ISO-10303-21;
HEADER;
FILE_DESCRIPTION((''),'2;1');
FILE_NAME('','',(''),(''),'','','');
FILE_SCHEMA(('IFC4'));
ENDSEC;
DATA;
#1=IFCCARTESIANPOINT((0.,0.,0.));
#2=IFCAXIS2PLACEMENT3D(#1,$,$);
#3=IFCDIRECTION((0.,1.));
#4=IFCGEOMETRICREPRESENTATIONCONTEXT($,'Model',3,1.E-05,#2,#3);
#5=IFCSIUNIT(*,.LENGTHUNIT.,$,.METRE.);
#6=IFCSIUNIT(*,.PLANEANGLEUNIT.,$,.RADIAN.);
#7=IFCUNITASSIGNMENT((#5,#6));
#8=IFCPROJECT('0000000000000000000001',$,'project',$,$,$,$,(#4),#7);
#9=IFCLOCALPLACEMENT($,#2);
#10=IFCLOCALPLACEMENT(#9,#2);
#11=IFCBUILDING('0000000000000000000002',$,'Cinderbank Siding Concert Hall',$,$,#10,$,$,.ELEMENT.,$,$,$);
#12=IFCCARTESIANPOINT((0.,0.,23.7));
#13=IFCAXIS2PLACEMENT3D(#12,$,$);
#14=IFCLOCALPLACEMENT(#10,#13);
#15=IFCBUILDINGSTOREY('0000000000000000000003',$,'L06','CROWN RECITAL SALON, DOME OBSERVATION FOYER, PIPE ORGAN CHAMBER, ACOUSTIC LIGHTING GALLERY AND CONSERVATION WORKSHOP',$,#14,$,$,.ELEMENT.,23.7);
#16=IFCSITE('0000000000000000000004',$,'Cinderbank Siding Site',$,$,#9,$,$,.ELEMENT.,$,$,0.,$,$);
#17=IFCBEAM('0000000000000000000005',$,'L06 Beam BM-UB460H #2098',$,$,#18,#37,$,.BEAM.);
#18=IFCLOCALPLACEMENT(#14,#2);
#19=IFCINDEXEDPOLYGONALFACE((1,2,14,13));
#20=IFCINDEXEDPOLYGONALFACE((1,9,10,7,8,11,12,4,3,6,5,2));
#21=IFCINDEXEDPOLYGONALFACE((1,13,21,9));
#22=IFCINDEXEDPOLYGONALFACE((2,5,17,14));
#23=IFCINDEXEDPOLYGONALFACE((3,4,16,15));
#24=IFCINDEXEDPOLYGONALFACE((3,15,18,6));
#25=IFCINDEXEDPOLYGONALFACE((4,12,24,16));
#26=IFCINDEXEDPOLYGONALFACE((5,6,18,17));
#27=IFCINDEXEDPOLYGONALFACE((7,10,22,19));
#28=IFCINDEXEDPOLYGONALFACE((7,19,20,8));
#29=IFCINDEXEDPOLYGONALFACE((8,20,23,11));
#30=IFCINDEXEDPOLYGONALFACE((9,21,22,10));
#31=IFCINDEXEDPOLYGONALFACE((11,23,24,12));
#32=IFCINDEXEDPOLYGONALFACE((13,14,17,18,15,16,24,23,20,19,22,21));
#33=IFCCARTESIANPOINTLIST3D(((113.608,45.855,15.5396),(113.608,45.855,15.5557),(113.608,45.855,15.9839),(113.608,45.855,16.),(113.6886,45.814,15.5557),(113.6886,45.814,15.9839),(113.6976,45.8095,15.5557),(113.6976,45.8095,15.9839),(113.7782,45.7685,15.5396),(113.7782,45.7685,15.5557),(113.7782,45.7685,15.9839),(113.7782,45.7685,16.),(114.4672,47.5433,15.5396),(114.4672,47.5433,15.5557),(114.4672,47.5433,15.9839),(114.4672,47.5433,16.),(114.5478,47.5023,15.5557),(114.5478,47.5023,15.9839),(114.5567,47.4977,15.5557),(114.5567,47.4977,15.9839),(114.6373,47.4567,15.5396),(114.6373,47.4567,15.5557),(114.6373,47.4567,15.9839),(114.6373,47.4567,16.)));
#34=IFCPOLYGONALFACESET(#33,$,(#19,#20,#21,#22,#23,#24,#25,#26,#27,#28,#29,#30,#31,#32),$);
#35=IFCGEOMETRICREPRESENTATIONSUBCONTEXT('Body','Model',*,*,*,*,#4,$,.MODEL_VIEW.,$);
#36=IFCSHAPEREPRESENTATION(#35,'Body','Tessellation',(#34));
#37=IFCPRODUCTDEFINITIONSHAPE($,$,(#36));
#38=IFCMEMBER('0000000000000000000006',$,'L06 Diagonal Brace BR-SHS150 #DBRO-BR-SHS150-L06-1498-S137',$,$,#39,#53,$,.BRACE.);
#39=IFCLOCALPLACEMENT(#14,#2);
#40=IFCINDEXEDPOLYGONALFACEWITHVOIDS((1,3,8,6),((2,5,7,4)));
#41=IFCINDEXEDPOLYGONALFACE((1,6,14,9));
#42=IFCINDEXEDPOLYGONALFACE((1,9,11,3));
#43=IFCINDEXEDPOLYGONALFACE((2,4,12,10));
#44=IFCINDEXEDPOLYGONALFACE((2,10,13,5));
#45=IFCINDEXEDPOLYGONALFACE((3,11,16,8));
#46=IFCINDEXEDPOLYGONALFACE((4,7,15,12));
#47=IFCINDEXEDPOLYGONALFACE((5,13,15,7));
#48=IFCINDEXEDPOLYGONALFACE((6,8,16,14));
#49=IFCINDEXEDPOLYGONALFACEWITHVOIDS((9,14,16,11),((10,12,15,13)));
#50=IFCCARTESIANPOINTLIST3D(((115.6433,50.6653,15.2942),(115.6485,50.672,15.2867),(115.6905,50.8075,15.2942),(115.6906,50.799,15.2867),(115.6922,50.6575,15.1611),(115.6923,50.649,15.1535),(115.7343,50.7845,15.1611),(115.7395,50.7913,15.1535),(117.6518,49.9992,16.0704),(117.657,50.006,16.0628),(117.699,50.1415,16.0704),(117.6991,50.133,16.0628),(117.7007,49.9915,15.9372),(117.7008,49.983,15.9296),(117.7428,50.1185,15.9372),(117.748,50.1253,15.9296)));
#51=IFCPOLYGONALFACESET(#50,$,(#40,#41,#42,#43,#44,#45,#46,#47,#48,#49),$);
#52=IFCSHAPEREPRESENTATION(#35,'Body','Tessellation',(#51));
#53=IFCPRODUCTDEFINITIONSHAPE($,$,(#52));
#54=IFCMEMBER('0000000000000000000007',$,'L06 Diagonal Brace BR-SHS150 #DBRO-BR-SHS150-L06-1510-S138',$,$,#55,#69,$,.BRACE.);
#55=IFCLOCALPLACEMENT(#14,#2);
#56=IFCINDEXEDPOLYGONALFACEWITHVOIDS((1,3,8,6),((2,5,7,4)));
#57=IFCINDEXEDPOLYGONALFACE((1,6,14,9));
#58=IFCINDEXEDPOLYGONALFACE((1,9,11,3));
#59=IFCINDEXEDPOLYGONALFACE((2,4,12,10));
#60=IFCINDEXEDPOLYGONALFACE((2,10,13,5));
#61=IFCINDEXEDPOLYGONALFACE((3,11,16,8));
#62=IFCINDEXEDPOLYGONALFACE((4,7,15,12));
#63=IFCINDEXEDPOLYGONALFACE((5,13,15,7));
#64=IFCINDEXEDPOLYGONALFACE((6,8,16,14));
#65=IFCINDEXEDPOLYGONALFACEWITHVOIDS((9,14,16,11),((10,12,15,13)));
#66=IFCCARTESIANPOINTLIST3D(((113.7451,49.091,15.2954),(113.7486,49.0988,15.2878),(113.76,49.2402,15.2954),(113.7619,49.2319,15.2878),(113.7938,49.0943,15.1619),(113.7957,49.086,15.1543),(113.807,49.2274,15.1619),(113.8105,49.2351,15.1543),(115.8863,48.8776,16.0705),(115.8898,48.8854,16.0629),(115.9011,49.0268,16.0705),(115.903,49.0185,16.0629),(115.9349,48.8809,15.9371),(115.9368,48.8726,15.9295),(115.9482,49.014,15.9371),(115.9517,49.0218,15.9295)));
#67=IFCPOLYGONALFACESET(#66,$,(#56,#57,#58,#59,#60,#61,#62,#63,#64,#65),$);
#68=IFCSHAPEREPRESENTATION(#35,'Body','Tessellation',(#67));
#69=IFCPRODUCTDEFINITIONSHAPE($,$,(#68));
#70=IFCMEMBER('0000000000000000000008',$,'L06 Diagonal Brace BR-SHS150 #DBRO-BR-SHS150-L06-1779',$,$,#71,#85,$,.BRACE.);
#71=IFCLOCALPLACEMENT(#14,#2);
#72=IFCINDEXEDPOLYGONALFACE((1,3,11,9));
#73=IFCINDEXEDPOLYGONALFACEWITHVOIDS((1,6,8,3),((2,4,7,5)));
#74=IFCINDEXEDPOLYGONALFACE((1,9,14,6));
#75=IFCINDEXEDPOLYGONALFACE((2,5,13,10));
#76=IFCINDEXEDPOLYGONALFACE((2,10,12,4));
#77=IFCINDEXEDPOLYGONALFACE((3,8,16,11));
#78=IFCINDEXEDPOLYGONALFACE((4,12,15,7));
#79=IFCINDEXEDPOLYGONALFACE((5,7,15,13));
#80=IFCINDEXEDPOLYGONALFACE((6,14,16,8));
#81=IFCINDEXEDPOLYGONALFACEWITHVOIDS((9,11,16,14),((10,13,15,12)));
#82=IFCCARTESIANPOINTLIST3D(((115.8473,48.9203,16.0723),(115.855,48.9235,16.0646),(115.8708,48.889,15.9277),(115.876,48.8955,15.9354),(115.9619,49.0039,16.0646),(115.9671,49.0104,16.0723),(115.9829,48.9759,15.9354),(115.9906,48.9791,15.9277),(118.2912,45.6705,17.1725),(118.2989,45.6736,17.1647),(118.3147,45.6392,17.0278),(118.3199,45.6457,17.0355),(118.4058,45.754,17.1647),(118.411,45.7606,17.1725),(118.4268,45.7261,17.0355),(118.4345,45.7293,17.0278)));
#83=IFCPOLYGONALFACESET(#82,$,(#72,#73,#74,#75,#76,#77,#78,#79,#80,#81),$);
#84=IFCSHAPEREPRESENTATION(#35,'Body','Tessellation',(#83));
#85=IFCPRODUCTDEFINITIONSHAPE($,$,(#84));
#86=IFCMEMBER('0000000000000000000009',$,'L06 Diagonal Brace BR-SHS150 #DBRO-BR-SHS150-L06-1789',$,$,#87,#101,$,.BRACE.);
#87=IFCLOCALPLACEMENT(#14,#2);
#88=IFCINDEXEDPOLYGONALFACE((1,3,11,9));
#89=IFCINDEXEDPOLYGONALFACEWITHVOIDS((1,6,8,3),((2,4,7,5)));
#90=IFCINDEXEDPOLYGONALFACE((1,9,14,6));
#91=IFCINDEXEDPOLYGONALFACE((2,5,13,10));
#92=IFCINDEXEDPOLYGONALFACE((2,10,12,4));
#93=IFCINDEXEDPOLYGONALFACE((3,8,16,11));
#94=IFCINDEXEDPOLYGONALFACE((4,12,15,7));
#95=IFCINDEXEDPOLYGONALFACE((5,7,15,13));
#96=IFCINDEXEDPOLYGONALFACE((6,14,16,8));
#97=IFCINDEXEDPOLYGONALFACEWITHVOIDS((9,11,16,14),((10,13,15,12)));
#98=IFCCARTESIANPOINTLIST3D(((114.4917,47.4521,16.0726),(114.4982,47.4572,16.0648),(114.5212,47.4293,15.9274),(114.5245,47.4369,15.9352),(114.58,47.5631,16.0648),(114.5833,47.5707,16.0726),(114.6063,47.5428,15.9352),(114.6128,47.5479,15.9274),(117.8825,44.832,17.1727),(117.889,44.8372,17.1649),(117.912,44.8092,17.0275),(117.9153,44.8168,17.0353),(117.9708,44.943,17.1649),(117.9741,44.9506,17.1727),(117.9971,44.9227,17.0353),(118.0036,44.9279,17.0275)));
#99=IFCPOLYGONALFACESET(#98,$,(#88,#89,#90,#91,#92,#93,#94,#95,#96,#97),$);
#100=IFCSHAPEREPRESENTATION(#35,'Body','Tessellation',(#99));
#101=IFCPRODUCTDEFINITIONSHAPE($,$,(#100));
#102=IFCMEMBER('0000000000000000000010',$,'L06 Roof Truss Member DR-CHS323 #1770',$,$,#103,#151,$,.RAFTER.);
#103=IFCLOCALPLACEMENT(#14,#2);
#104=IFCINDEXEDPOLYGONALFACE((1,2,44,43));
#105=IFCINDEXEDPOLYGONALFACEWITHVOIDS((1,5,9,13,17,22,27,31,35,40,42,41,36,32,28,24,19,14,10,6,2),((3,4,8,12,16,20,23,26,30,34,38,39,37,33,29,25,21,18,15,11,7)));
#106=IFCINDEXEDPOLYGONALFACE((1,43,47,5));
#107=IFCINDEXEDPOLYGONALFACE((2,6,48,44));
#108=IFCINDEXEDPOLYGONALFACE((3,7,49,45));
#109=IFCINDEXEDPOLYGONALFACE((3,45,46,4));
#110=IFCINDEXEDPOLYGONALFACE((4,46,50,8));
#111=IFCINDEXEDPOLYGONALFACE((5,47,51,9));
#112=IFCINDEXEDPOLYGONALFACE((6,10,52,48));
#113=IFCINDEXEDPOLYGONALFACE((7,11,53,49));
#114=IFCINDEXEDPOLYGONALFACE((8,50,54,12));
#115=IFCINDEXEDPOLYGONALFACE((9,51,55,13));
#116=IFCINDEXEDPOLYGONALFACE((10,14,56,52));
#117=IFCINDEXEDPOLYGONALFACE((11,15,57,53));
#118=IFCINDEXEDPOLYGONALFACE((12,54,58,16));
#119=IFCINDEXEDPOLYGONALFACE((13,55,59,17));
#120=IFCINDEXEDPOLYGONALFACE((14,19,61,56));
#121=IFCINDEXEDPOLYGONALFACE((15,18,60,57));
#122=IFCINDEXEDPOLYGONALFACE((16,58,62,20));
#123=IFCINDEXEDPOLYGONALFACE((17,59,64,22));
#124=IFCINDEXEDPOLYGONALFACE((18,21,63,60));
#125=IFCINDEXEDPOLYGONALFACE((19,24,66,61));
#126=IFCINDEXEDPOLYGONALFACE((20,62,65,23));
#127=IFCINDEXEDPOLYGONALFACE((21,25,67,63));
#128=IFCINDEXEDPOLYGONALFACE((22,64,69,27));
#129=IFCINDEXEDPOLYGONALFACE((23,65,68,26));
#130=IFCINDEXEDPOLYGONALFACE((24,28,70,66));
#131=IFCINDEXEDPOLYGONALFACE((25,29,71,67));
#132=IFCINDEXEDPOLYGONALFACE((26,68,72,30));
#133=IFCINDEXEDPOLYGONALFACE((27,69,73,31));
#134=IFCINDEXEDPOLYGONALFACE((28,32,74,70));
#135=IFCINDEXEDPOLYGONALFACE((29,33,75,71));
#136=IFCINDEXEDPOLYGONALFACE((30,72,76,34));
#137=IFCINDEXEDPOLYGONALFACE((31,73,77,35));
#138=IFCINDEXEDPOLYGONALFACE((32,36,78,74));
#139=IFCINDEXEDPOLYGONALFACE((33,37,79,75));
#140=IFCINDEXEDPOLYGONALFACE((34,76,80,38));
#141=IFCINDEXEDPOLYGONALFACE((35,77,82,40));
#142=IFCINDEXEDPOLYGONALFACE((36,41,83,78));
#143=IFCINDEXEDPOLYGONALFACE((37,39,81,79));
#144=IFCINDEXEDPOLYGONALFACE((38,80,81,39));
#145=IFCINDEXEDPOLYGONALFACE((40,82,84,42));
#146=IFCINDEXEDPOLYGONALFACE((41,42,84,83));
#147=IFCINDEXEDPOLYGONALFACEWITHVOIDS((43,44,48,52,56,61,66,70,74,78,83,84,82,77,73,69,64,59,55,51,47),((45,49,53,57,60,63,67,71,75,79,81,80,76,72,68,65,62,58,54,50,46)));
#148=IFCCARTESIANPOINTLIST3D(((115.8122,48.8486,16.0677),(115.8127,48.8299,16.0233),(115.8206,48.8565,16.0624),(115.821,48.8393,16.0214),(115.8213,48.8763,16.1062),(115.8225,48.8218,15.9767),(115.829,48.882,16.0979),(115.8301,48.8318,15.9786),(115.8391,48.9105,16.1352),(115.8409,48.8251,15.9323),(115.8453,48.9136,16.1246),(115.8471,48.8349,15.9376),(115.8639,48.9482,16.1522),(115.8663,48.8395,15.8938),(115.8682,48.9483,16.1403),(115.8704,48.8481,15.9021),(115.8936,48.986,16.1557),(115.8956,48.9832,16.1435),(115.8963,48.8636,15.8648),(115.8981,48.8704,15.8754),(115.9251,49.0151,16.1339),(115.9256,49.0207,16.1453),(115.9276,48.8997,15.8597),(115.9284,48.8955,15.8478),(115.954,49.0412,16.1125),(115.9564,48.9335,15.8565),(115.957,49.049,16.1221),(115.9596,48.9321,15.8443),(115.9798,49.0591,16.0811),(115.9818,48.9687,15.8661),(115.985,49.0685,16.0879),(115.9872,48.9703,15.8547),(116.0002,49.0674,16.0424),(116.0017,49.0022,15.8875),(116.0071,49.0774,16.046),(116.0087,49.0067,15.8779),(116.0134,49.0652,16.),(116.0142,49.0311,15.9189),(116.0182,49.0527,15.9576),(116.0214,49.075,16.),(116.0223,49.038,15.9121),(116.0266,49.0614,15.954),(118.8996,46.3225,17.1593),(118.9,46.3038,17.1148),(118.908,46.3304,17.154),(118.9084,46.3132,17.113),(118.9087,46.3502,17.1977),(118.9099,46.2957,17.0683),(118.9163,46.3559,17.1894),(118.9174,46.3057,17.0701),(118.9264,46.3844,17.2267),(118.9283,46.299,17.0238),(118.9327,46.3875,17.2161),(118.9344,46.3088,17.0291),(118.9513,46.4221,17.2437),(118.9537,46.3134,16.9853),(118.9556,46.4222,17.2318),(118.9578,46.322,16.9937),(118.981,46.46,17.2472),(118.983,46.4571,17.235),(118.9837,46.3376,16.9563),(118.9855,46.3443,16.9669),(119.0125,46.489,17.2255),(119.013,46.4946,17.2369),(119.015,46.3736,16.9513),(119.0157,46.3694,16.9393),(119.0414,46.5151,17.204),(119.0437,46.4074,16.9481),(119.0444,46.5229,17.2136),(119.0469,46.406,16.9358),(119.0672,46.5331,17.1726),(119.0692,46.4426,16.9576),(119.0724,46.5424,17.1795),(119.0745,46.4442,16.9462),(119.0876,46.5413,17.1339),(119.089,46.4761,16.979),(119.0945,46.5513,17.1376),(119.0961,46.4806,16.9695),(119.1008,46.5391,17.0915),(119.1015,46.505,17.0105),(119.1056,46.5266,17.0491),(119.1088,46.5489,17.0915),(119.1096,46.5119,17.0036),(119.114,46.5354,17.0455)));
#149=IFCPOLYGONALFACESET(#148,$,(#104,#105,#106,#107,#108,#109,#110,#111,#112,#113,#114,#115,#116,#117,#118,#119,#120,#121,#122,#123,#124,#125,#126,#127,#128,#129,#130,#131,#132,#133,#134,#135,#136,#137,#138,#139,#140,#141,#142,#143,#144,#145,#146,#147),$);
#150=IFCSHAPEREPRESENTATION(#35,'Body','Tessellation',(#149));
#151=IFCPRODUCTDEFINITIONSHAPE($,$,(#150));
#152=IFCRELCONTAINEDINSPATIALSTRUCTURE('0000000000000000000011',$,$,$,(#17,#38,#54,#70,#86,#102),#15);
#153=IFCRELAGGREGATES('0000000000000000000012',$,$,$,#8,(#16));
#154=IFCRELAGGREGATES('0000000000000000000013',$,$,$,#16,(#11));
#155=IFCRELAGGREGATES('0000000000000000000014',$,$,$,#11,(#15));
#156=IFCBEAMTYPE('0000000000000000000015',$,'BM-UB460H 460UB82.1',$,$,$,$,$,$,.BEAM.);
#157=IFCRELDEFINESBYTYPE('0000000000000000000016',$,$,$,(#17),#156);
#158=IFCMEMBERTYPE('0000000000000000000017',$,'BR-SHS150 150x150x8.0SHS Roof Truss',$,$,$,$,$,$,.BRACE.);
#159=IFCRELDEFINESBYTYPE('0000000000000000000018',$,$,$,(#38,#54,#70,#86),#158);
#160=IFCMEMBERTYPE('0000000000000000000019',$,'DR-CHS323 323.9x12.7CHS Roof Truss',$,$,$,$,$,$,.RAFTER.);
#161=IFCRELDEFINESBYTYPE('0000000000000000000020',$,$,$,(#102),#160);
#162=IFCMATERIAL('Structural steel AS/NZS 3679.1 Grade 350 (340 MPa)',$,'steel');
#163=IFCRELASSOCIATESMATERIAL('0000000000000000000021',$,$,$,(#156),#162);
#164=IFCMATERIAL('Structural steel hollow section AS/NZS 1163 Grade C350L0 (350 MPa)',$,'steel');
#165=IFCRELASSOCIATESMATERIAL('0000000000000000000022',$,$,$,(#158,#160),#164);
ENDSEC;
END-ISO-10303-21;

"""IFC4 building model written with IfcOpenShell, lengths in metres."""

from ifc_helpers import new_model, si_unit, direction, frame, origin, origin_2d, place, context, subcontext, project, spatial, hollow_rectangle, hollow_circle, i_section, extrude, material, material_profile, profile_set, type_object, element, save


model = new_model("IFC4")

# Units and contexts
model_context = context("Model", 3, precision=1e-05, world=origin(), true_north=direction((0.0, 1.0)))
body_context = subcontext(model_context, "Body", "Model", "MODEL_VIEW")
ifc_project = project(units=[si_unit("LENGTHUNIT", "METRE"), si_unit("PLANEANGLEUNIT", "RADIAN")], contexts=[model_context])

# Site, building, storey
site_placement = place(None, origin())
site = spatial("IfcSite", under=ifc_project, at=site_placement, Name="Cinderbank Siding Site", CompositionType="ELEMENT", RefElevation=0.0)
building_placement = place(site_placement, origin())
building = spatial("IfcBuilding", under=site, at=building_placement, Name="Cinderbank Siding Concert Hall", CompositionType="ELEMENT")
storey_placement = place(building_placement, frame((0.0, 0.0, 23.7)))
storey = spatial("IfcBuildingStorey", under=building, at=storey_placement, Name="L06", Description="CROWN RECITAL SALON, DOME OBSERVATION FOYER, PIPE ORGAN CHAMBER, ACOUSTIC LIGHTING GALLERY AND CONSERVATION WORKSHOP", CompositionType="ELEMENT", Elevation=23.7)

# Beam
ifc_material_1 = material(Name="Structural steel AS/NZS 3679.1 Grade 350 (340 MPa)", Category="steel")
ifc_material_profile_1 = material_profile(ifc_material_1, i_section(OverallWidth=0.1909, OverallDepth=0.4604, WebThickness=0.01, FlangeThickness=0.0161, at=origin_2d()), Name="460UB82.1", Category="LoadBearing")
ifc_profile_set_1 = profile_set([ifc_material_profile_1], Name="Structural steel AS/NZS 3679.1 Grade 350 (340 MPa)")
beam_type = type_object("IfcBeamType", Name="BM-UB460H 460UB82.1", PredefinedType="BEAM", material=ifc_profile_set_1)
beam_placement = place(storey_placement, frame((114.5522, 47.5, 15.7698), z_axis=(-0.453543, -0.891234, 0.0), x_axis=(0.891234, -0.453543, 0.0)))
element("IfcBeam", 1, at=beam_placement, inside=storey, type_object=beam_type, Name="L06 Beam BM-UB460H #2098", PredefinedType="BEAM", context=body_context, shape_type="SweptSolid", body=[
    extrude(i_section(OverallWidth=0.1909, OverallDepth=0.4604, WebThickness=0.01, FlangeThickness=0.0161, at=origin_2d()), origin(), (0.0, 0.0, 1.0), 1.8943),
])

# Members
ifc_material_2 = material(Name="Structural steel hollow section AS/NZS 1163 Grade C350L0 (350 MPa)", Category="steel")
ifc_material_profile_2 = material_profile(ifc_material_2, hollow_rectangle(XDim=0.1499, YDim=0.1499, WallThickness=0.0081, at=origin_2d()), Name="150x150x8.0SHS", Category="LoadBearing")
ifc_profile_set_2 = profile_set([ifc_material_profile_2], Name="Structural steel hollow section AS/NZS 1163 Grade C350L0 (350 MPa)")
member_type_1 = type_object("IfcMemberType", Name="BR-SHS150 150x150x8.0SHS Roof Truss", PredefinedType="BRACE", material=ifc_profile_set_2)
member_1_placement = place(storey_placement, frame((115.6914, 50.7283, 15.2239), z_axis=(0.89113, -0.295491, 0.344342), x_axis=(0.314739, 0.949178, 0.0)))
element("IfcMember", 2, at=member_1_placement, inside=storey, type_object=member_type_1, Name="L06 Diagonal Brace BR-SHS150 #DBRO-BR-SHS150-L06-1498-S137", PredefinedType="BRACE", context=body_context, shape_type="SweptSolid", body=[
    extrude(hollow_rectangle(XDim=0.1499, YDim=0.1499, WallThickness=0.0081, at=origin_2d()), origin(), (0.0, 0.0, 1.0), 2.2539),
])
member_2_placement = place(storey_placement, frame((113.7778, 49.1631, 15.2249), z_axis=(0.936176, -0.093297, 0.338924), x_axis=(0.099167, 0.995071, 0.0)))
element("IfcMember", 3, at=member_2_placement, inside=storey, type_object=member_type_1, Name="L06 Diagonal Brace BR-SHS150 #DBRO-BR-SHS150-L06-1510-S138", PredefinedType="BRACE", context=body_context, shape_type="SweptSolid", body=[
    extrude(hollow_rectangle(XDim=0.1499, YDim=0.1499, WallThickness=0.0081, at=origin_2d()), origin(), (0.0, 0.0, 1.0), 2.2871),
])
member_3_placement = place(storey_placement, frame((115.9189, 48.9497, 16.0), z_axis=(0.580169, -0.771491, 0.261163), x_axis=(0.799228, 0.601027, 0.0)))
element("IfcMember", 4, at=member_3_placement, inside=storey, type_object=member_type_1, Name="L06 Diagonal Brace BR-SHS150 #DBRO-BR-SHS150-L06-1779", PredefinedType="BRACE", context=body_context, shape_type="SweptSolid", body=[
    extrude(hollow_rectangle(XDim=0.1499, YDim=0.1499, WallThickness=0.0081, at=origin_2d()), origin(), (0.0, 0.0, 1.0), 4.2124),
])
member_4_placement = place(storey_placement, frame((114.5522, 47.5, 16.0), z_axis=(0.766443, -0.592229, 0.248657), x_axis=(0.611433, 0.791296, 0.0)))
element("IfcMember", 5, at=member_4_placement, inside=storey, type_object=member_type_1, Name="L06 Diagonal Brace BR-SHS150 #DBRO-BR-SHS150-L06-1789", PredefinedType="BRACE", context=body_context, shape_type="SweptSolid", body=[
    extrude(hollow_rectangle(XDim=0.1499, YDim=0.1499, WallThickness=0.0081, at=origin_2d()), origin(), (0.0, 0.0, 1.0), 4.4241),
])
ifc_material_profile_3 = material_profile(ifc_material_2, hollow_circle(Radius=0.1619, WallThickness=0.0127, at=origin_2d()), Name="323.9x12.7CHS", Category="LoadBearing")
ifc_profile_set_3 = profile_set([ifc_material_profile_3], Name="Structural steel hollow section AS/NZS 1163 Grade C350L0 (350 MPa)")
member_type_2 = type_object("IfcMemberType", Name="DR-CHS323 323.9x12.7CHS Roof Truss", PredefinedType="RAFTER", material=ifc_profile_set_3)
member_5_placement = place(storey_placement, frame((115.9189, 48.9497, 16.0), z_axis=(0.746507, -0.610794, 0.263928), x_axis=(0.633248, 0.773949, 0.0)))
element("IfcMember", 6, at=member_5_placement, inside=storey, type_object=member_type_2, Name="L06 Roof Truss Member DR-CHS323 #1770", PredefinedType="RAFTER", context=body_context, shape_type="SweptSolid", body=[
    extrude(hollow_circle(Radius=0.1619, WallThickness=0.0127, at=origin_2d()), origin(), (0.0, 0.0, 1.0), 4.1357),
])

save(model, "model.ifc")
